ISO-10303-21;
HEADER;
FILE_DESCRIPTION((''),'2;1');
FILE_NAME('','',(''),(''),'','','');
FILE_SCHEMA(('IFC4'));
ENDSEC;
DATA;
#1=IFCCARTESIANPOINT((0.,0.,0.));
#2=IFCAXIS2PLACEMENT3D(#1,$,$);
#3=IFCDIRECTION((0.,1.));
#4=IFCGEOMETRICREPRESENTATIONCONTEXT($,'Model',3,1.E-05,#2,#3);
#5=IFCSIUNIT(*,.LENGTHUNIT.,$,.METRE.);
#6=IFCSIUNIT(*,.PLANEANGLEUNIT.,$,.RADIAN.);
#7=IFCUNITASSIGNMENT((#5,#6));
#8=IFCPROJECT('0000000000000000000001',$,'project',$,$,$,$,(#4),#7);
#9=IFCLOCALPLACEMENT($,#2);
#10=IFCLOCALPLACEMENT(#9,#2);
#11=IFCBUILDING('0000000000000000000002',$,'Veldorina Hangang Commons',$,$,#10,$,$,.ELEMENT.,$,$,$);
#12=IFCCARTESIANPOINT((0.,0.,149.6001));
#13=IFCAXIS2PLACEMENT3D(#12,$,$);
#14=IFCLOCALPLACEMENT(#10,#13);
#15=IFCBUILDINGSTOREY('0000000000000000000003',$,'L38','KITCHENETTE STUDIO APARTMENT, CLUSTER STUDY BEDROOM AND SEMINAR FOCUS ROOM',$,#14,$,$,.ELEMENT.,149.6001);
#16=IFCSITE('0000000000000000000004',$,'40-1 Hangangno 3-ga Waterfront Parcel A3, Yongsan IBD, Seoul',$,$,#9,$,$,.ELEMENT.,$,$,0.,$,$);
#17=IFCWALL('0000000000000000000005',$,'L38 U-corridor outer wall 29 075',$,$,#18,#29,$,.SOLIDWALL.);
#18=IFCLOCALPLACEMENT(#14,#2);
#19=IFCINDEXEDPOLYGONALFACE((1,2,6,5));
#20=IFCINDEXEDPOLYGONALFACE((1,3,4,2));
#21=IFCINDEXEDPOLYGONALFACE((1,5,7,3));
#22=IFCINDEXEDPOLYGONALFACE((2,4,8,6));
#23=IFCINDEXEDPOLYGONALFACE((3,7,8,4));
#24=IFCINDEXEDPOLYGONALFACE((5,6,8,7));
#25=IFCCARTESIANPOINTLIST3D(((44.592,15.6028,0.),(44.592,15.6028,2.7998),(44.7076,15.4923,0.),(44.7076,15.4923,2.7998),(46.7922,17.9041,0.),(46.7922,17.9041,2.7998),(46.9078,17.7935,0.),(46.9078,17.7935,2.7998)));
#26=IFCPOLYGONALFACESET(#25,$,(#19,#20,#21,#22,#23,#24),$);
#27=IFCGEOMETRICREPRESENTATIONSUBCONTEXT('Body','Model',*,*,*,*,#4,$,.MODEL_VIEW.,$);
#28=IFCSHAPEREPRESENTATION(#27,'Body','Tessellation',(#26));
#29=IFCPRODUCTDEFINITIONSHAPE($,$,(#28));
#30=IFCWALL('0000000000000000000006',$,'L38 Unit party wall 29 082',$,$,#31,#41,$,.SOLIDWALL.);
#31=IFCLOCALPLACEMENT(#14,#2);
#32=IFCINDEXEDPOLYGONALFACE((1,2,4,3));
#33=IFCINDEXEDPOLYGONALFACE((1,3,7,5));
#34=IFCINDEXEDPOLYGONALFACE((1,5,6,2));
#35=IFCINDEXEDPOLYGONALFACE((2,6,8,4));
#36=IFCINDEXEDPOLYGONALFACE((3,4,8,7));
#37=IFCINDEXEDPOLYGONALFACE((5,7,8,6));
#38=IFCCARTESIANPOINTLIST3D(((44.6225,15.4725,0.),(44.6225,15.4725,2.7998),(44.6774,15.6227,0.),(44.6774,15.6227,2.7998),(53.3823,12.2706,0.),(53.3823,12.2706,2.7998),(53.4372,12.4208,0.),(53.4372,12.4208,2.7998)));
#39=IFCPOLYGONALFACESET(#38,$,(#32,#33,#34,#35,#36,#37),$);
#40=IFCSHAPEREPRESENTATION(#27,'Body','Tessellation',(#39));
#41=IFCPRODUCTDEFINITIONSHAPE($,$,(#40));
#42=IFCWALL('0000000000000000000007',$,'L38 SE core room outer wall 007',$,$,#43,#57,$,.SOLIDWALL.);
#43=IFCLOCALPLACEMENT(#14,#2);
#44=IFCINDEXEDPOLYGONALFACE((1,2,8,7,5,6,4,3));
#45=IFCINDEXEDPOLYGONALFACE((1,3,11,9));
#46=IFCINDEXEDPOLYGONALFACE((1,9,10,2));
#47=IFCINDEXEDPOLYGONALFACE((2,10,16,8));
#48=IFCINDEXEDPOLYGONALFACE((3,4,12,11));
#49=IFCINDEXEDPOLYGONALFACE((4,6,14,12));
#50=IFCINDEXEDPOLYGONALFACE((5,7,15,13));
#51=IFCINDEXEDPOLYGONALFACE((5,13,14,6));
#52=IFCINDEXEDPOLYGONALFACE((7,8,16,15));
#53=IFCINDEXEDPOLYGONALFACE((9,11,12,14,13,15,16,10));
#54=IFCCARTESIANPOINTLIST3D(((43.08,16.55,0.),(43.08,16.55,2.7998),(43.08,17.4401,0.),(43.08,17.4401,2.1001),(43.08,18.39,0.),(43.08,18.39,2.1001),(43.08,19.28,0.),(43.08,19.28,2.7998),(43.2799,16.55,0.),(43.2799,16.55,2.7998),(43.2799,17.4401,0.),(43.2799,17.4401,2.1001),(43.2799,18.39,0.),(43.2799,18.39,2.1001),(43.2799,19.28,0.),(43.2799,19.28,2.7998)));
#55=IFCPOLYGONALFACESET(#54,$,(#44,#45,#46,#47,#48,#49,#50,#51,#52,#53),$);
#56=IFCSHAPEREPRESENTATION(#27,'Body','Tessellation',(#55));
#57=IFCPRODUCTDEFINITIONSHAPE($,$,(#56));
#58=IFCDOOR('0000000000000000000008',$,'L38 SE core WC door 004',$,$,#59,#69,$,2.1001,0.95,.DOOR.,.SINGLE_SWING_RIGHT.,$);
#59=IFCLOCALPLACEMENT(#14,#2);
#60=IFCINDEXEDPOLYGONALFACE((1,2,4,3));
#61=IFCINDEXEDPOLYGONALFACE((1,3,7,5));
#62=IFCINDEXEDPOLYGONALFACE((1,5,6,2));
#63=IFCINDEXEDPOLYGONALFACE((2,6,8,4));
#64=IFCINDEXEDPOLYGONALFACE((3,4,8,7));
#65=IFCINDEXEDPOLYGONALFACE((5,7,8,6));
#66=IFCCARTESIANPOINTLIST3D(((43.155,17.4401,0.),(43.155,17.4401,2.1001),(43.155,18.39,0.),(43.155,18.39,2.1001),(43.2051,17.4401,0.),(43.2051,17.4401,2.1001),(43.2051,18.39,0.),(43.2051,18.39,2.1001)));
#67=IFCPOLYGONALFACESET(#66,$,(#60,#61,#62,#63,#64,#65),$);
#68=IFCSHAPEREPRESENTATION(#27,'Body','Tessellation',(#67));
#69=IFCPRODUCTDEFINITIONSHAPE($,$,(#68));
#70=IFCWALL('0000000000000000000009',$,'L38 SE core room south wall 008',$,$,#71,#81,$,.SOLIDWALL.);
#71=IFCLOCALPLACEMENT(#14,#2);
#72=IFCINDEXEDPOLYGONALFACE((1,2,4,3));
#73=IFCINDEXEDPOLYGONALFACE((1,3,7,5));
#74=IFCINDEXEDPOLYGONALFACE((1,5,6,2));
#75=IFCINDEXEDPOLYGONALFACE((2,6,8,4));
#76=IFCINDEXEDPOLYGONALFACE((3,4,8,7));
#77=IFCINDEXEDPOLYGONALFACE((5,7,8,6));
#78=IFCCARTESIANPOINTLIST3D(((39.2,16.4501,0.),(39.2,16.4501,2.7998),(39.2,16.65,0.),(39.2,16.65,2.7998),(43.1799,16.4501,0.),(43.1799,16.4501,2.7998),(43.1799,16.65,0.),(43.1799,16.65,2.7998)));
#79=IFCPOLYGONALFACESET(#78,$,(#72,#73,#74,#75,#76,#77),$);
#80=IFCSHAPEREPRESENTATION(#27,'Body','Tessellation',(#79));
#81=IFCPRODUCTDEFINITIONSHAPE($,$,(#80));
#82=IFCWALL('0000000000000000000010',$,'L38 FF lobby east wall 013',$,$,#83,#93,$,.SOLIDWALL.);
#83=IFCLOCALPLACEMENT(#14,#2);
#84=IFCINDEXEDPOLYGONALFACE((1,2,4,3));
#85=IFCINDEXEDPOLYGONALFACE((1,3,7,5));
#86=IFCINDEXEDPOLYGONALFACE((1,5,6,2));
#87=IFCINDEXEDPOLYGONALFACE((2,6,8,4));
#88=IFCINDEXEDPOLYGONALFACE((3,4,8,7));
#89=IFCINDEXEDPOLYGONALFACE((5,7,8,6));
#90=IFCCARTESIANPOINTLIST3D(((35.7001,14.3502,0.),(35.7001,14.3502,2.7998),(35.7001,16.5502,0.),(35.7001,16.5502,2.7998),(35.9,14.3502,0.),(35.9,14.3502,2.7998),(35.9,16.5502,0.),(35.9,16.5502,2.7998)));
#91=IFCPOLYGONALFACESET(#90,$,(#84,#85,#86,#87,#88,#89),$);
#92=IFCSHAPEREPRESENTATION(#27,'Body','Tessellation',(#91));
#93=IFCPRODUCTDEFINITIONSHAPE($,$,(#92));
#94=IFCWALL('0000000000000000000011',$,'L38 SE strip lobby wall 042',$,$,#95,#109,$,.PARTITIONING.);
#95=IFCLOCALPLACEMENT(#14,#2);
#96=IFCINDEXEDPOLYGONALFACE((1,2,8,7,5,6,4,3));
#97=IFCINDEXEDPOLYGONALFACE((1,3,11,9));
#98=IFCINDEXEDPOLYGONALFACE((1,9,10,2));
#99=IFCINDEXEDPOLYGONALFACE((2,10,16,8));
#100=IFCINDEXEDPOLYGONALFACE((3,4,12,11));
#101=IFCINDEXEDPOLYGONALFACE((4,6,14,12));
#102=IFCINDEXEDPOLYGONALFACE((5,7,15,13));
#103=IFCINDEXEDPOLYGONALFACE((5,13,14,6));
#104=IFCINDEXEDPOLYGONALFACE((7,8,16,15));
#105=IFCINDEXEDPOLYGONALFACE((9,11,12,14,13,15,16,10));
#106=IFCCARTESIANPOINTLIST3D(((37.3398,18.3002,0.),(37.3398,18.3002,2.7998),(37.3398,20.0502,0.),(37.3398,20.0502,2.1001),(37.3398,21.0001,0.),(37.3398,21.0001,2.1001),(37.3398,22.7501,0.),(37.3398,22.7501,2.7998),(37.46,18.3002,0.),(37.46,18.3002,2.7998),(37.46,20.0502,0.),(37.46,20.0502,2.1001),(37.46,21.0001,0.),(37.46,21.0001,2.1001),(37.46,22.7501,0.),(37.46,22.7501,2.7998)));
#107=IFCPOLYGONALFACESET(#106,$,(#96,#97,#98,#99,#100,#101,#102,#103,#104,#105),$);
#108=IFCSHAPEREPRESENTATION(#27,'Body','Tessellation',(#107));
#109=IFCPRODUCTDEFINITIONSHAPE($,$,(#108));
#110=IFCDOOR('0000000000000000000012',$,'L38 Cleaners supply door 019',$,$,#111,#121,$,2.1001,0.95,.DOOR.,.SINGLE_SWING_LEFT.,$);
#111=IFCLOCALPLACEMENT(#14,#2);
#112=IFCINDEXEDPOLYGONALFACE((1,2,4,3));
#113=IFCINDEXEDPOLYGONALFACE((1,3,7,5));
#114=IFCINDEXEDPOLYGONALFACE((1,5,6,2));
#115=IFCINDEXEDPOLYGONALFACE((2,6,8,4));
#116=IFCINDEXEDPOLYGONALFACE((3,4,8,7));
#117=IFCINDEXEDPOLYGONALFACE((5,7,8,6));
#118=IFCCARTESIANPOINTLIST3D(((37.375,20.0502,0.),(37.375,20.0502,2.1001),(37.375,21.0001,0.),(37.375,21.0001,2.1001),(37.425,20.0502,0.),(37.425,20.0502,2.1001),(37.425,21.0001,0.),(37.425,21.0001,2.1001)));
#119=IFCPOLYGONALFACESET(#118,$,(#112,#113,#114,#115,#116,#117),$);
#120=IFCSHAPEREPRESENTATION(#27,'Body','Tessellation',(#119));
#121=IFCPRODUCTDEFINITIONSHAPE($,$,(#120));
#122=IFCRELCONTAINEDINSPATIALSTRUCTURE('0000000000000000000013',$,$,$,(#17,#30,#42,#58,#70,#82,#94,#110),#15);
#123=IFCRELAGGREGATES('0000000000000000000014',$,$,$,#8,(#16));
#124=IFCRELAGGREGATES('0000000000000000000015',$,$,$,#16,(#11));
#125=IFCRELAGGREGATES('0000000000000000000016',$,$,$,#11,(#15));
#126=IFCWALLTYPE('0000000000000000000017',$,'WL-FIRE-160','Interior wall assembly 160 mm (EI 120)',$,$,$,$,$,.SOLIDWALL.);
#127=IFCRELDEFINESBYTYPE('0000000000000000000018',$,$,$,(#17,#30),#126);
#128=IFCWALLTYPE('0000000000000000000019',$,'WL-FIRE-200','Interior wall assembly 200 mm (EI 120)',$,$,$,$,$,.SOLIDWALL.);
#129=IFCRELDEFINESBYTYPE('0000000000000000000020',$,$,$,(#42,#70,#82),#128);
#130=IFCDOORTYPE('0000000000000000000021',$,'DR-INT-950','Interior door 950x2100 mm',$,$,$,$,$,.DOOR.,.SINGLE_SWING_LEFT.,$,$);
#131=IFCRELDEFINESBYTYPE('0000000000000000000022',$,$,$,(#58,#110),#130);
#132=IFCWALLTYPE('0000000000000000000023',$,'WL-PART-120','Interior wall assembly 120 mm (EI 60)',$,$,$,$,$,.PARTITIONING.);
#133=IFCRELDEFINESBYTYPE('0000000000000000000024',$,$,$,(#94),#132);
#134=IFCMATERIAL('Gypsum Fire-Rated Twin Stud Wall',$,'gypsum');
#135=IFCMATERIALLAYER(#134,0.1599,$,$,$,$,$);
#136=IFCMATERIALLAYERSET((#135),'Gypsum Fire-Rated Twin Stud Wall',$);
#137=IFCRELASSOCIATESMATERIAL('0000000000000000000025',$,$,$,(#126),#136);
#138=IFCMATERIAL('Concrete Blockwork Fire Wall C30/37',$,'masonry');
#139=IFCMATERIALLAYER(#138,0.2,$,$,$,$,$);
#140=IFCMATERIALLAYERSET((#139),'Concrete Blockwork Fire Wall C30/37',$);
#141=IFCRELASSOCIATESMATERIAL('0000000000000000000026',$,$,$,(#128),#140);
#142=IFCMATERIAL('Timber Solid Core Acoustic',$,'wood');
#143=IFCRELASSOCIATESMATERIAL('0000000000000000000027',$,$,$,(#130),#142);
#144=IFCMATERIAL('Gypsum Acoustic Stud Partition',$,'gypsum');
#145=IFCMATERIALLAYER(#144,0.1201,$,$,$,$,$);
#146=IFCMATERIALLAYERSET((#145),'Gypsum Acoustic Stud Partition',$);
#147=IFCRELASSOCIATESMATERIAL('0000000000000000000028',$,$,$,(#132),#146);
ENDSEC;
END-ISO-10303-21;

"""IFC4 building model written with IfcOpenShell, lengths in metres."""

from ifc_helpers import new_model, si_unit, direction, frame, frame_2d, origin, place, context, subcontext, project, spatial, rectangle, extrude, material, layer, layer_set, type_object, element, fill, save


model = new_model("IFC4")

# Units and contexts
model_context = context("Model", 3, precision=1e-05, world=origin(), true_north=direction((0.0, 1.0)))
body_context = subcontext(model_context, "Body", "Model", "MODEL_VIEW")
ifc_project = project(units=[si_unit("LENGTHUNIT", "METRE"), si_unit("PLANEANGLEUNIT", "RADIAN")], contexts=[model_context])

# Site, building, storey
site_placement = place(None, origin())
site = spatial("IfcSite", under=ifc_project, at=site_placement, Name="40-1 Hangangno 3-ga Waterfront Parcel A3, Yongsan IBD, Seoul", CompositionType="ELEMENT", RefElevation=0.0)
building_placement = place(site_placement, origin())
building = spatial("IfcBuilding", under=site, at=building_placement, Name="Veldorina Hangang Commons", CompositionType="ELEMENT")
storey_placement = place(building_placement, frame((0.0, 0.0, 149.6001)))
storey = spatial("IfcBuildingStorey", under=building, at=storey_placement, Name="L38", Description="KITCHENETTE STUDIO APARTMENT, CLUSTER STUDY BEDROOM AND SEMINAR FOCUS ROOM", CompositionType="ELEMENT", Elevation=149.6001)

# Shared definitions
ifc_material_1 = material(Name="Gypsum Fire-Rated Twin Stud Wall", Category="gypsum")
ifc_layer_1 = layer(ifc_material_1, 0.1599)
ifc_layer_set_1 = layer_set([ifc_layer_1], Name="Gypsum Fire-Rated Twin Stud Wall")
wall_type_1 = type_object("IfcWallType", Name="WL-FIRE-160", Description="Interior wall assembly 160 mm (EI 120)", PredefinedType="SOLIDWALL", material=ifc_layer_set_1)

# Shared definitions
ifc_material_2 = material(Name="Timber Solid Core Acoustic", Category="wood")

# Walls
wall_1_placement = place(storey_placement, frame((44.6499, 15.5476, 0.0), z_axis=(0.0, 0.0, 1.0), x_axis=(0.691055, 0.722802, 0.0)))
element("IfcWall", 1, at=wall_1_placement, inside=storey, type_object=wall_type_1, Name="L38 U-corridor outer wall 29 075", PredefinedType="SOLIDWALL", context=body_context, shape_type="SweptSolid", body=[
    extrude(rectangle(XDim=3.1838, YDim=0.1599, at=frame_2d((1.5918, 0.0))), origin(), (0.0, 0.0, 1.0), 2.7998),
])
wall_2_placement = place(storey_placement, frame((44.6499, 15.5476, 0.0), z_axis=(0.0, 0.0, 1.0), x_axis=(0.939223, -0.343308, 0.0)))
element("IfcWall", 2, at=wall_2_placement, inside=storey, type_object=wall_type_1, Name="L38 Unit party wall 29 082", PredefinedType="SOLIDWALL", context=body_context, shape_type="SweptSolid", body=[
    extrude(rectangle(XDim=9.3267, YDim=0.1599, at=frame_2d((4.6633, 0.0))), origin(), (0.0, 0.0, 1.0), 2.7998),
])

# Wall, opening, door
ifc_material_3 = material(Name="Concrete Blockwork Fire Wall C30/37", Category="masonry")
ifc_layer_2 = layer(ifc_material_3, 0.2)
ifc_layer_set_2 = layer_set([ifc_layer_2], Name="Concrete Blockwork Fire Wall C30/37")
wall_type_2 = type_object("IfcWallType", Name="WL-FIRE-200", Description="Interior wall assembly 200 mm (EI 120)", PredefinedType="SOLIDWALL", material=ifc_layer_set_2)
wall_3_placement = place(storey_placement, frame((43.1799, 16.55, 0.0), z_axis=(0.0, 0.0, 1.0), x_axis=(0.0, 1.0, 0.0)))
wall_3 = element("IfcWall", 3, at=wall_3_placement, inside=storey, type_object=wall_type_2, Name="L38 SE core room outer wall 007", PredefinedType="SOLIDWALL", context=body_context, shape_type="SweptSolid", body=[
    extrude(rectangle(XDim=2.73, YDim=0.2, at=frame_2d((1.365, 0.0))), origin(), (0.0, 0.0, 1.0), 2.7998),
])
opening_1_placement = place(wall_3_placement, frame((0.8899, 0.0, 0.0)))
opening_1 = element("IfcOpeningElement", 4, at=opening_1_placement, cuts=wall_3, PredefinedType="OPENING", context=body_context, shape_type="SweptSolid", body=[
    extrude(rectangle(XDim=0.95, YDim=2.1001, at=frame_2d((0.4751, 1.05))), frame((0.0, 0.1099, 0.0), z_axis=(0.0, -1.0, 0.0), x_axis=(1.0, 0.0, 0.0)), (0.0, 0.0, 1.0), 0.22),
])
door_type_1 = type_object("IfcDoorType", Name="DR-INT-950", Description="Interior door 950x2100 mm", OperationType="SINGLE_SWING_LEFT", PredefinedType="DOOR", material=ifc_material_2)
door_1_placement = place(opening_1_placement, origin())
door_1 = element("IfcDoor", 5, at=door_1_placement, inside=storey, type_object=door_type_1, Name="L38 SE core WC door 004", OperationType="SINGLE_SWING_RIGHT", OverallHeight=2.1001, OverallWidth=0.95, PredefinedType="DOOR", context=body_context, shape_type="SweptSolid", body=[
    extrude(rectangle(XDim=0.95, YDim=2.1001, at=frame_2d((0.4751, 1.05))), frame((0.0, 0.0249, 0.0), z_axis=(0.0, -1.0, 0.0), x_axis=(1.0, 0.0, 0.0)), (0.0, 0.0, 1.0), 0.05),
])
fill(opening_1, door_1)

# Walls
wall_4_placement = place(storey_placement, frame((39.2, 16.55, 0.0), z_axis=(0.0, 0.0, 1.0), x_axis=(1.0, 0.0, 0.0)))
element("IfcWall", 6, at=wall_4_placement, inside=storey, type_object=wall_type_2, Name="L38 SE core room south wall 008", PredefinedType="SOLIDWALL", context=body_context, shape_type="SweptSolid", body=[
    extrude(rectangle(XDim=3.98, YDim=0.2, at=frame_2d((1.99, 0.0))), origin(), (0.0, 0.0, 1.0), 2.7998),
])
wall_5_placement = place(storey_placement, frame((35.8, 14.3501, 0.0), z_axis=(0.0, 0.0, 1.0), x_axis=(0.0, 1.0, 0.0)))
element("IfcWall", 7, at=wall_5_placement, inside=storey, type_object=wall_type_2, Name="L38 FF lobby east wall 013", PredefinedType="SOLIDWALL", context=body_context, shape_type="SweptSolid", body=[
    extrude(rectangle(XDim=2.2, YDim=0.2, at=frame_2d((1.1001, 0.0))), origin(), (0.0, 0.0, 1.0), 2.7998),
])

# Wall, opening, door
ifc_material_4 = material(Name="Gypsum Acoustic Stud Partition", Category="gypsum")
ifc_layer_3 = layer(ifc_material_4, 0.1201)
ifc_layer_set_3 = layer_set([ifc_layer_3], Name="Gypsum Acoustic Stud Partition")
wall_type_3 = type_object("IfcWallType", Name="WL-PART-120", Description="Interior wall assembly 120 mm (EI 60)", PredefinedType="PARTITIONING", material=ifc_layer_set_3)
wall_6_placement = place(storey_placement, frame((37.3999, 18.3, 0.0), z_axis=(0.0, 0.0, 1.0), x_axis=(0.0, 1.0, 0.0)))
wall_6 = element("IfcWall", 8, at=wall_6_placement, inside=storey, type_object=wall_type_3, Name="L38 SE strip lobby wall 042", PredefinedType="PARTITIONING", context=body_context, shape_type="SweptSolid", body=[
    extrude(rectangle(XDim=4.45, YDim=0.1201, at=frame_2d((2.2251, 0.0))), origin(), (0.0, 0.0, 1.0), 2.7998),
])
opening_2_placement = place(wall_6_placement, frame((1.75, 0.0, 0.0)))
opening_2 = element("IfcOpeningElement", 9, at=opening_2_placement, cuts=wall_6, PredefinedType="OPENING", context=body_context, shape_type="SweptSolid", body=[
    extrude(rectangle(XDim=0.95, YDim=2.1001, at=frame_2d((0.4751, 1.05))), frame((0.0, 0.0701, 0.0), z_axis=(0.0, -1.0, 0.0), x_axis=(1.0, 0.0, 0.0)), (0.0, 0.0, 1.0), 0.1401),
])
door_2_placement = place(opening_2_placement, origin())
door_2 = element("IfcDoor", 10, at=door_2_placement, inside=storey, type_object=door_type_1, Name="L38 Cleaners supply door 019", OperationType="SINGLE_SWING_LEFT", OverallHeight=2.1001, OverallWidth=0.95, PredefinedType="DOOR", context=body_context, shape_type="SweptSolid", body=[
    extrude(rectangle(XDim=0.95, YDim=2.1001, at=frame_2d((0.4751, 1.05))), frame((0.0, 0.0249, 0.0), z_axis=(0.0, -1.0, 0.0), x_axis=(1.0, 0.0, 0.0)), (0.0, 0.0, 1.0), 0.05),
])
fill(opening_2, door_2)

save(model, "model.ifc")
